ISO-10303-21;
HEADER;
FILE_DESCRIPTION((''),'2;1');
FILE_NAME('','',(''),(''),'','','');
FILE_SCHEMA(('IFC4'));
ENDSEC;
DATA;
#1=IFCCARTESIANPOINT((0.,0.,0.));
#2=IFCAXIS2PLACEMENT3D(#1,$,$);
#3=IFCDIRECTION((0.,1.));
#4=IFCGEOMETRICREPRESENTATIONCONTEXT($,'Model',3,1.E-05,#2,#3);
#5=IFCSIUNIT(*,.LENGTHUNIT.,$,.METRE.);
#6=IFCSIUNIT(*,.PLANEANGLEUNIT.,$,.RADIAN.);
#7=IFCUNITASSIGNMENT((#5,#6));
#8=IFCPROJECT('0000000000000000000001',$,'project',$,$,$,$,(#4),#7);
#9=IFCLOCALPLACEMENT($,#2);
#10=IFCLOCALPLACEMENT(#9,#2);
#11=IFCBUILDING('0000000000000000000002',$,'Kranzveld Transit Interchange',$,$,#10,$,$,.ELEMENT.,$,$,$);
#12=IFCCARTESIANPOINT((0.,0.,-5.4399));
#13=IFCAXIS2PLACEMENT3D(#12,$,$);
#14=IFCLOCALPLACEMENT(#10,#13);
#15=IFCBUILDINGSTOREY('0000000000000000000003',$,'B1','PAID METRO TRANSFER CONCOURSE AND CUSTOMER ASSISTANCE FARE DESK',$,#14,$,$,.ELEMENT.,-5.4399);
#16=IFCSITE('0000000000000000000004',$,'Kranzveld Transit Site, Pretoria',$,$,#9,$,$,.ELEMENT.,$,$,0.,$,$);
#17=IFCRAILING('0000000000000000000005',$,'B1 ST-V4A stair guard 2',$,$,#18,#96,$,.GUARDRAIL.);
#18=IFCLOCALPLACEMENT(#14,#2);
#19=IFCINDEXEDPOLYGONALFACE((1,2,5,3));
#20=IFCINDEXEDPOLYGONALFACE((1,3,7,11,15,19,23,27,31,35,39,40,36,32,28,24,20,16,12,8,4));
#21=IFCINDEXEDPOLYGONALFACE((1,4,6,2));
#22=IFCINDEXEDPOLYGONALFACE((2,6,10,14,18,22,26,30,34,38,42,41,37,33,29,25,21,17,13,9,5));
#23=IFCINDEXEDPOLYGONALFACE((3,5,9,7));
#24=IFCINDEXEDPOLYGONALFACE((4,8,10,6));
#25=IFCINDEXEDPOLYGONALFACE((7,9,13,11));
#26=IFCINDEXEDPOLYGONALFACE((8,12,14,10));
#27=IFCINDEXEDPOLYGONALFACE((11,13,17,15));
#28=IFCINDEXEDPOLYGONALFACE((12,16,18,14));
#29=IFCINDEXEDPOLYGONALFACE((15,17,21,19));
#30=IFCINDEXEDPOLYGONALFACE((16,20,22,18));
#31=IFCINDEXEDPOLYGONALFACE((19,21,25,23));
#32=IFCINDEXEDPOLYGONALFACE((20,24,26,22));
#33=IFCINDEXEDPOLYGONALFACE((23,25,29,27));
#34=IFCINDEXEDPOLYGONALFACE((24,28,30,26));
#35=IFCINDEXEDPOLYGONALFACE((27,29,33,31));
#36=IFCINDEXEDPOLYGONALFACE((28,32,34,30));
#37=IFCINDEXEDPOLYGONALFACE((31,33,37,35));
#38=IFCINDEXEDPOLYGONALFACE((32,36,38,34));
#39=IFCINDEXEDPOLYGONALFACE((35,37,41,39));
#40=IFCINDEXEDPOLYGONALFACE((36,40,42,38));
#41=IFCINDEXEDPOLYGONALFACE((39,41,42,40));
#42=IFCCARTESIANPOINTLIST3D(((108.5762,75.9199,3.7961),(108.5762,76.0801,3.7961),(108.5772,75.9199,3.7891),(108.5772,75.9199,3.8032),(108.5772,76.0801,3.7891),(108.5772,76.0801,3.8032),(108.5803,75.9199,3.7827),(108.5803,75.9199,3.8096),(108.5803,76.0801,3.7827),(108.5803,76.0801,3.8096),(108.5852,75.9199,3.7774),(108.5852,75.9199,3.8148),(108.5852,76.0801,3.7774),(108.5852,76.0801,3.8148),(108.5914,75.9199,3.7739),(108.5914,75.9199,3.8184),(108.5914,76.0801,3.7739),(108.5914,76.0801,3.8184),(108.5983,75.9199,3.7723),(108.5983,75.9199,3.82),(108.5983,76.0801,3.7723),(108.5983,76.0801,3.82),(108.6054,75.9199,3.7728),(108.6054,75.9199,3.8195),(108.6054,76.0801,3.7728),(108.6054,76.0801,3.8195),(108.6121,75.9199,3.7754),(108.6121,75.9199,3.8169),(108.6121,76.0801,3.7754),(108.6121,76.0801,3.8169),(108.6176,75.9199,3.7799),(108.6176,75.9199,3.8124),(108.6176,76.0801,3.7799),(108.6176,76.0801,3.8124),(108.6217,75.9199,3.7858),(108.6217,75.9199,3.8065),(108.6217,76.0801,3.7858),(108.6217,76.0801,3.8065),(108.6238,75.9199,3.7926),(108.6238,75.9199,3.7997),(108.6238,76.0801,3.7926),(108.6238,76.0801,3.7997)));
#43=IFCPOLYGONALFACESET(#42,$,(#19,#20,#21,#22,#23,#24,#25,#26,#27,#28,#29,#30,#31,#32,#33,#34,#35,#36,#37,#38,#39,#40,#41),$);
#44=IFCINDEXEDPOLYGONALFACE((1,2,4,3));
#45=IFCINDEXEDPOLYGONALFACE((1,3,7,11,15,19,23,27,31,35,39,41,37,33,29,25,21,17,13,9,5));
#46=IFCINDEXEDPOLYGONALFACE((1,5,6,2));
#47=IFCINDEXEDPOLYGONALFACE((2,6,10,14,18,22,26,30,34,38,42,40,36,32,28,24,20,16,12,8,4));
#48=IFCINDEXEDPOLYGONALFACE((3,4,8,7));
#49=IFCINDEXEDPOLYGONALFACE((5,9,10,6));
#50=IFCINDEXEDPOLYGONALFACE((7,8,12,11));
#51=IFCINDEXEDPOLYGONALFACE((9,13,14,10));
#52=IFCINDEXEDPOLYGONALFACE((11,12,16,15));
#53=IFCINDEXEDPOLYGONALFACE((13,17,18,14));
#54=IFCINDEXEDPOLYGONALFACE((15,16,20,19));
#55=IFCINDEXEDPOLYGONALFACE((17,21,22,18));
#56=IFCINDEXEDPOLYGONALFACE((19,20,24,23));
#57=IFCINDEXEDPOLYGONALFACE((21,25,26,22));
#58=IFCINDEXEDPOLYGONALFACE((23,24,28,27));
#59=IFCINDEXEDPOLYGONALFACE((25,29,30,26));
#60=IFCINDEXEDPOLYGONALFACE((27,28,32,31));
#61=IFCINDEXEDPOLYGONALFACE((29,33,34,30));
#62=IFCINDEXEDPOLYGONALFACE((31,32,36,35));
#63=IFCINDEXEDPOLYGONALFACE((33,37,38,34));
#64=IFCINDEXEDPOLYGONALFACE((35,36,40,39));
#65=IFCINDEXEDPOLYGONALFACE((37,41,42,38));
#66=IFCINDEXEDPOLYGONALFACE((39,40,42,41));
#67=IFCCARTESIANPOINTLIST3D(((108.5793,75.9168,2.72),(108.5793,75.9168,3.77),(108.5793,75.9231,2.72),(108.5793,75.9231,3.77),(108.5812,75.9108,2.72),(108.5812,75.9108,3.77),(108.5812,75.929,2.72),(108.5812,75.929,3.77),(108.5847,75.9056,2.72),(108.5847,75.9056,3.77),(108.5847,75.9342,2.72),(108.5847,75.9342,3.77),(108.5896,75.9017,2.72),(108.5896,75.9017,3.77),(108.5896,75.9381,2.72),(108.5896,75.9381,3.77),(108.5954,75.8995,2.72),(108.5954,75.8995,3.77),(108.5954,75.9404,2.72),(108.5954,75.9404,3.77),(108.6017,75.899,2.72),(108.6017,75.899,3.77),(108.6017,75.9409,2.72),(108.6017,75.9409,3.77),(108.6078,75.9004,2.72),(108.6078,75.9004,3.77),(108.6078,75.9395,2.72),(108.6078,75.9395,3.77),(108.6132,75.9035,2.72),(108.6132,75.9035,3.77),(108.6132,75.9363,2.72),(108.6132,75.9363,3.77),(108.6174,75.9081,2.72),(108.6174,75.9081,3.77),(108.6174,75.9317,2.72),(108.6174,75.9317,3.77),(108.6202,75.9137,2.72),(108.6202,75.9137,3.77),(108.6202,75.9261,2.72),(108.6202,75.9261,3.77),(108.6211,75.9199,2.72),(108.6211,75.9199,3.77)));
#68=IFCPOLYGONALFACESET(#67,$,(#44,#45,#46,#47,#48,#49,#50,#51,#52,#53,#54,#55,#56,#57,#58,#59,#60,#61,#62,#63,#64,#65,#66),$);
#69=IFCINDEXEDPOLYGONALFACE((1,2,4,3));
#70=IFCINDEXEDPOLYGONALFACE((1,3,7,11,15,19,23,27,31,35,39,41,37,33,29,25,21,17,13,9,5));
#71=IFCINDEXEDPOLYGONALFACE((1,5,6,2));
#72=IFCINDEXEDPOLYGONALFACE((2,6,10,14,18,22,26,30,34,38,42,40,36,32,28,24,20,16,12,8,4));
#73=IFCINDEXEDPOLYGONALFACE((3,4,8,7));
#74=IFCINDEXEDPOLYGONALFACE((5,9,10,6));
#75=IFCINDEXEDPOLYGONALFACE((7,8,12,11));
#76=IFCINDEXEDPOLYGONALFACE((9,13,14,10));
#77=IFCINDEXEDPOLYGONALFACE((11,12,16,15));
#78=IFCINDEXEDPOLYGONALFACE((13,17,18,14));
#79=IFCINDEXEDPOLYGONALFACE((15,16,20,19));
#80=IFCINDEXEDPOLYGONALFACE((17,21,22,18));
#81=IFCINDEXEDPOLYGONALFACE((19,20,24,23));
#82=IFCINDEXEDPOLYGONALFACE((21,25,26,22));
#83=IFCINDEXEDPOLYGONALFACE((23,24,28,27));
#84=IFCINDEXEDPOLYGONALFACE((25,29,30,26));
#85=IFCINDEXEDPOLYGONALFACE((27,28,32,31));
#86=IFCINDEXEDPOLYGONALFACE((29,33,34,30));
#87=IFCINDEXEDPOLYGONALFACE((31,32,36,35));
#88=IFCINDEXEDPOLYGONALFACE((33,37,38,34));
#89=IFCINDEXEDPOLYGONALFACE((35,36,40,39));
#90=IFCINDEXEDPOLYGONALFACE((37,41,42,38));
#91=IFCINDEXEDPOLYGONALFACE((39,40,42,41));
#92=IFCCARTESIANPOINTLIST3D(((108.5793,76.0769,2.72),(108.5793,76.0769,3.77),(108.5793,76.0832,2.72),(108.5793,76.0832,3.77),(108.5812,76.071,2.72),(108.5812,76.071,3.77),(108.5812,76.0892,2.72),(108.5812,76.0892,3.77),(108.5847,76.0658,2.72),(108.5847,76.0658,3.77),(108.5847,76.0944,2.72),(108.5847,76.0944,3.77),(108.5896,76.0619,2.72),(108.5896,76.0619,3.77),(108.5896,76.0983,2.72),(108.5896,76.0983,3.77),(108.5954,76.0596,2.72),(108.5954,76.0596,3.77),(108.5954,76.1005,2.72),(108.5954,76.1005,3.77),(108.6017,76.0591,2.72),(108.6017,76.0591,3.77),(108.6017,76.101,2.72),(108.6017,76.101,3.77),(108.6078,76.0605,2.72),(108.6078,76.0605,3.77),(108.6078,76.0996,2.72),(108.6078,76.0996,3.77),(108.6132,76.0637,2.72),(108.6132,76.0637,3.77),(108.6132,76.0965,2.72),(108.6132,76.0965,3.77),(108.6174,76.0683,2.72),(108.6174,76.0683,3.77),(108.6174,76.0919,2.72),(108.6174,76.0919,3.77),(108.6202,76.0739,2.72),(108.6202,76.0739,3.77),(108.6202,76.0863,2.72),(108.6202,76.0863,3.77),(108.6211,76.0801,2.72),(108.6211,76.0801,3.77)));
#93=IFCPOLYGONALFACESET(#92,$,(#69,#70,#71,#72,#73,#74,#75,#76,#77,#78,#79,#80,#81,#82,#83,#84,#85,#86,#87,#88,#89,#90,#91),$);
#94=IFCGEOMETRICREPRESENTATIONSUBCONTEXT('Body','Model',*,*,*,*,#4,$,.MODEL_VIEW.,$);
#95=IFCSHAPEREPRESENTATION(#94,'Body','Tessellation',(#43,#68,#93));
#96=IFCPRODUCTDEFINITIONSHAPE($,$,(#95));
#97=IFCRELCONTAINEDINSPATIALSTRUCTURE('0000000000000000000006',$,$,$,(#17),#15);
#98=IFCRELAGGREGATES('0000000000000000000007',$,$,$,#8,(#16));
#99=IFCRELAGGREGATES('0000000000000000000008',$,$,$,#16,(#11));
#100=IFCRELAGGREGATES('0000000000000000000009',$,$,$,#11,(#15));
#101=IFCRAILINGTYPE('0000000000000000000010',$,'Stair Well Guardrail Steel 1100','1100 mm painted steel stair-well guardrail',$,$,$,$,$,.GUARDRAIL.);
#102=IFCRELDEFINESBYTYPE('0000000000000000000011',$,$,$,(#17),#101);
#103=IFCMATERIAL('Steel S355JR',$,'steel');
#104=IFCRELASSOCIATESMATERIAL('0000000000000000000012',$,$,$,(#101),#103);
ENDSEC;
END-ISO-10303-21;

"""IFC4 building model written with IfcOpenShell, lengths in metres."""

from ifc_helpers import new_model, si_unit, direction, frame, origin, origin_2d, place, context, subcontext, project, spatial, circle, extrude, material, type_object, element, save


model = new_model("IFC4")

# Units and contexts
model_context = context("Model", 3, precision=1e-05, world=origin(), true_north=direction((0.0, 1.0)))
body_context = subcontext(model_context, "Body", "Model", "MODEL_VIEW")
ifc_project = project(units=[si_unit("LENGTHUNIT", "METRE"), si_unit("PLANEANGLEUNIT", "RADIAN")], contexts=[model_context])

# Site, building, storey
site_placement = place(None, origin())
site = spatial("IfcSite", under=ifc_project, at=site_placement, Name="Kranzveld Transit Site, Pretoria", CompositionType="ELEMENT", RefElevation=0.0)
building_placement = place(site_placement, origin())
building = spatial("IfcBuilding", under=site, at=building_placement, Name="Kranzveld Transit Interchange", CompositionType="ELEMENT")
storey_placement = place(building_placement, frame((0.0, 0.0, -5.4399)))
storey = spatial("IfcBuildingStorey", under=building, at=storey_placement, Name="B1", Description="PAID METRO TRANSFER CONCOURSE AND CUSTOMER ASSISTANCE FARE DESK", CompositionType="ELEMENT", Elevation=-5.4399)

# Railing
ifc_material_1 = material(Name="Steel S355JR", Category="steel")
railing_type_1 = type_object("IfcRailingType", Name="Stair Well Guardrail Steel 1100", Description="1100 mm painted steel stair-well guardrail", PredefinedType="GUARDRAIL", material=ifc_material_1)
railing_1_placement = place(storey_placement, frame((108.6001, 75.9199, 2.72)))
element("IfcRailing", 1, at=railing_1_placement, inside=storey, type_object=railing_type_1, Name="B1 ST-V4A stair guard 2", PredefinedType="GUARDRAIL", context=body_context, shape_type="SweptSolid", body=[
    extrude(circle(Radius=0.0239, at=origin_2d()), frame((0.0, 0.0, 1.0762), z_axis=(0.0, 1.0, 0.0), x_axis=(-1.0, 0.0, 0.0)), (0.0, 0.0, 1.0), 0.1602),
    extrude(circle(Radius=0.021, at=origin_2d()), origin(), (0.0, 0.0, 1.0), 1.05),
    extrude(circle(Radius=0.021, at=origin_2d()), frame((0.0, 0.1602, 0.0)), (0.0, 0.0, 1.0), 1.05),
])

save(model, "model.ifc")
